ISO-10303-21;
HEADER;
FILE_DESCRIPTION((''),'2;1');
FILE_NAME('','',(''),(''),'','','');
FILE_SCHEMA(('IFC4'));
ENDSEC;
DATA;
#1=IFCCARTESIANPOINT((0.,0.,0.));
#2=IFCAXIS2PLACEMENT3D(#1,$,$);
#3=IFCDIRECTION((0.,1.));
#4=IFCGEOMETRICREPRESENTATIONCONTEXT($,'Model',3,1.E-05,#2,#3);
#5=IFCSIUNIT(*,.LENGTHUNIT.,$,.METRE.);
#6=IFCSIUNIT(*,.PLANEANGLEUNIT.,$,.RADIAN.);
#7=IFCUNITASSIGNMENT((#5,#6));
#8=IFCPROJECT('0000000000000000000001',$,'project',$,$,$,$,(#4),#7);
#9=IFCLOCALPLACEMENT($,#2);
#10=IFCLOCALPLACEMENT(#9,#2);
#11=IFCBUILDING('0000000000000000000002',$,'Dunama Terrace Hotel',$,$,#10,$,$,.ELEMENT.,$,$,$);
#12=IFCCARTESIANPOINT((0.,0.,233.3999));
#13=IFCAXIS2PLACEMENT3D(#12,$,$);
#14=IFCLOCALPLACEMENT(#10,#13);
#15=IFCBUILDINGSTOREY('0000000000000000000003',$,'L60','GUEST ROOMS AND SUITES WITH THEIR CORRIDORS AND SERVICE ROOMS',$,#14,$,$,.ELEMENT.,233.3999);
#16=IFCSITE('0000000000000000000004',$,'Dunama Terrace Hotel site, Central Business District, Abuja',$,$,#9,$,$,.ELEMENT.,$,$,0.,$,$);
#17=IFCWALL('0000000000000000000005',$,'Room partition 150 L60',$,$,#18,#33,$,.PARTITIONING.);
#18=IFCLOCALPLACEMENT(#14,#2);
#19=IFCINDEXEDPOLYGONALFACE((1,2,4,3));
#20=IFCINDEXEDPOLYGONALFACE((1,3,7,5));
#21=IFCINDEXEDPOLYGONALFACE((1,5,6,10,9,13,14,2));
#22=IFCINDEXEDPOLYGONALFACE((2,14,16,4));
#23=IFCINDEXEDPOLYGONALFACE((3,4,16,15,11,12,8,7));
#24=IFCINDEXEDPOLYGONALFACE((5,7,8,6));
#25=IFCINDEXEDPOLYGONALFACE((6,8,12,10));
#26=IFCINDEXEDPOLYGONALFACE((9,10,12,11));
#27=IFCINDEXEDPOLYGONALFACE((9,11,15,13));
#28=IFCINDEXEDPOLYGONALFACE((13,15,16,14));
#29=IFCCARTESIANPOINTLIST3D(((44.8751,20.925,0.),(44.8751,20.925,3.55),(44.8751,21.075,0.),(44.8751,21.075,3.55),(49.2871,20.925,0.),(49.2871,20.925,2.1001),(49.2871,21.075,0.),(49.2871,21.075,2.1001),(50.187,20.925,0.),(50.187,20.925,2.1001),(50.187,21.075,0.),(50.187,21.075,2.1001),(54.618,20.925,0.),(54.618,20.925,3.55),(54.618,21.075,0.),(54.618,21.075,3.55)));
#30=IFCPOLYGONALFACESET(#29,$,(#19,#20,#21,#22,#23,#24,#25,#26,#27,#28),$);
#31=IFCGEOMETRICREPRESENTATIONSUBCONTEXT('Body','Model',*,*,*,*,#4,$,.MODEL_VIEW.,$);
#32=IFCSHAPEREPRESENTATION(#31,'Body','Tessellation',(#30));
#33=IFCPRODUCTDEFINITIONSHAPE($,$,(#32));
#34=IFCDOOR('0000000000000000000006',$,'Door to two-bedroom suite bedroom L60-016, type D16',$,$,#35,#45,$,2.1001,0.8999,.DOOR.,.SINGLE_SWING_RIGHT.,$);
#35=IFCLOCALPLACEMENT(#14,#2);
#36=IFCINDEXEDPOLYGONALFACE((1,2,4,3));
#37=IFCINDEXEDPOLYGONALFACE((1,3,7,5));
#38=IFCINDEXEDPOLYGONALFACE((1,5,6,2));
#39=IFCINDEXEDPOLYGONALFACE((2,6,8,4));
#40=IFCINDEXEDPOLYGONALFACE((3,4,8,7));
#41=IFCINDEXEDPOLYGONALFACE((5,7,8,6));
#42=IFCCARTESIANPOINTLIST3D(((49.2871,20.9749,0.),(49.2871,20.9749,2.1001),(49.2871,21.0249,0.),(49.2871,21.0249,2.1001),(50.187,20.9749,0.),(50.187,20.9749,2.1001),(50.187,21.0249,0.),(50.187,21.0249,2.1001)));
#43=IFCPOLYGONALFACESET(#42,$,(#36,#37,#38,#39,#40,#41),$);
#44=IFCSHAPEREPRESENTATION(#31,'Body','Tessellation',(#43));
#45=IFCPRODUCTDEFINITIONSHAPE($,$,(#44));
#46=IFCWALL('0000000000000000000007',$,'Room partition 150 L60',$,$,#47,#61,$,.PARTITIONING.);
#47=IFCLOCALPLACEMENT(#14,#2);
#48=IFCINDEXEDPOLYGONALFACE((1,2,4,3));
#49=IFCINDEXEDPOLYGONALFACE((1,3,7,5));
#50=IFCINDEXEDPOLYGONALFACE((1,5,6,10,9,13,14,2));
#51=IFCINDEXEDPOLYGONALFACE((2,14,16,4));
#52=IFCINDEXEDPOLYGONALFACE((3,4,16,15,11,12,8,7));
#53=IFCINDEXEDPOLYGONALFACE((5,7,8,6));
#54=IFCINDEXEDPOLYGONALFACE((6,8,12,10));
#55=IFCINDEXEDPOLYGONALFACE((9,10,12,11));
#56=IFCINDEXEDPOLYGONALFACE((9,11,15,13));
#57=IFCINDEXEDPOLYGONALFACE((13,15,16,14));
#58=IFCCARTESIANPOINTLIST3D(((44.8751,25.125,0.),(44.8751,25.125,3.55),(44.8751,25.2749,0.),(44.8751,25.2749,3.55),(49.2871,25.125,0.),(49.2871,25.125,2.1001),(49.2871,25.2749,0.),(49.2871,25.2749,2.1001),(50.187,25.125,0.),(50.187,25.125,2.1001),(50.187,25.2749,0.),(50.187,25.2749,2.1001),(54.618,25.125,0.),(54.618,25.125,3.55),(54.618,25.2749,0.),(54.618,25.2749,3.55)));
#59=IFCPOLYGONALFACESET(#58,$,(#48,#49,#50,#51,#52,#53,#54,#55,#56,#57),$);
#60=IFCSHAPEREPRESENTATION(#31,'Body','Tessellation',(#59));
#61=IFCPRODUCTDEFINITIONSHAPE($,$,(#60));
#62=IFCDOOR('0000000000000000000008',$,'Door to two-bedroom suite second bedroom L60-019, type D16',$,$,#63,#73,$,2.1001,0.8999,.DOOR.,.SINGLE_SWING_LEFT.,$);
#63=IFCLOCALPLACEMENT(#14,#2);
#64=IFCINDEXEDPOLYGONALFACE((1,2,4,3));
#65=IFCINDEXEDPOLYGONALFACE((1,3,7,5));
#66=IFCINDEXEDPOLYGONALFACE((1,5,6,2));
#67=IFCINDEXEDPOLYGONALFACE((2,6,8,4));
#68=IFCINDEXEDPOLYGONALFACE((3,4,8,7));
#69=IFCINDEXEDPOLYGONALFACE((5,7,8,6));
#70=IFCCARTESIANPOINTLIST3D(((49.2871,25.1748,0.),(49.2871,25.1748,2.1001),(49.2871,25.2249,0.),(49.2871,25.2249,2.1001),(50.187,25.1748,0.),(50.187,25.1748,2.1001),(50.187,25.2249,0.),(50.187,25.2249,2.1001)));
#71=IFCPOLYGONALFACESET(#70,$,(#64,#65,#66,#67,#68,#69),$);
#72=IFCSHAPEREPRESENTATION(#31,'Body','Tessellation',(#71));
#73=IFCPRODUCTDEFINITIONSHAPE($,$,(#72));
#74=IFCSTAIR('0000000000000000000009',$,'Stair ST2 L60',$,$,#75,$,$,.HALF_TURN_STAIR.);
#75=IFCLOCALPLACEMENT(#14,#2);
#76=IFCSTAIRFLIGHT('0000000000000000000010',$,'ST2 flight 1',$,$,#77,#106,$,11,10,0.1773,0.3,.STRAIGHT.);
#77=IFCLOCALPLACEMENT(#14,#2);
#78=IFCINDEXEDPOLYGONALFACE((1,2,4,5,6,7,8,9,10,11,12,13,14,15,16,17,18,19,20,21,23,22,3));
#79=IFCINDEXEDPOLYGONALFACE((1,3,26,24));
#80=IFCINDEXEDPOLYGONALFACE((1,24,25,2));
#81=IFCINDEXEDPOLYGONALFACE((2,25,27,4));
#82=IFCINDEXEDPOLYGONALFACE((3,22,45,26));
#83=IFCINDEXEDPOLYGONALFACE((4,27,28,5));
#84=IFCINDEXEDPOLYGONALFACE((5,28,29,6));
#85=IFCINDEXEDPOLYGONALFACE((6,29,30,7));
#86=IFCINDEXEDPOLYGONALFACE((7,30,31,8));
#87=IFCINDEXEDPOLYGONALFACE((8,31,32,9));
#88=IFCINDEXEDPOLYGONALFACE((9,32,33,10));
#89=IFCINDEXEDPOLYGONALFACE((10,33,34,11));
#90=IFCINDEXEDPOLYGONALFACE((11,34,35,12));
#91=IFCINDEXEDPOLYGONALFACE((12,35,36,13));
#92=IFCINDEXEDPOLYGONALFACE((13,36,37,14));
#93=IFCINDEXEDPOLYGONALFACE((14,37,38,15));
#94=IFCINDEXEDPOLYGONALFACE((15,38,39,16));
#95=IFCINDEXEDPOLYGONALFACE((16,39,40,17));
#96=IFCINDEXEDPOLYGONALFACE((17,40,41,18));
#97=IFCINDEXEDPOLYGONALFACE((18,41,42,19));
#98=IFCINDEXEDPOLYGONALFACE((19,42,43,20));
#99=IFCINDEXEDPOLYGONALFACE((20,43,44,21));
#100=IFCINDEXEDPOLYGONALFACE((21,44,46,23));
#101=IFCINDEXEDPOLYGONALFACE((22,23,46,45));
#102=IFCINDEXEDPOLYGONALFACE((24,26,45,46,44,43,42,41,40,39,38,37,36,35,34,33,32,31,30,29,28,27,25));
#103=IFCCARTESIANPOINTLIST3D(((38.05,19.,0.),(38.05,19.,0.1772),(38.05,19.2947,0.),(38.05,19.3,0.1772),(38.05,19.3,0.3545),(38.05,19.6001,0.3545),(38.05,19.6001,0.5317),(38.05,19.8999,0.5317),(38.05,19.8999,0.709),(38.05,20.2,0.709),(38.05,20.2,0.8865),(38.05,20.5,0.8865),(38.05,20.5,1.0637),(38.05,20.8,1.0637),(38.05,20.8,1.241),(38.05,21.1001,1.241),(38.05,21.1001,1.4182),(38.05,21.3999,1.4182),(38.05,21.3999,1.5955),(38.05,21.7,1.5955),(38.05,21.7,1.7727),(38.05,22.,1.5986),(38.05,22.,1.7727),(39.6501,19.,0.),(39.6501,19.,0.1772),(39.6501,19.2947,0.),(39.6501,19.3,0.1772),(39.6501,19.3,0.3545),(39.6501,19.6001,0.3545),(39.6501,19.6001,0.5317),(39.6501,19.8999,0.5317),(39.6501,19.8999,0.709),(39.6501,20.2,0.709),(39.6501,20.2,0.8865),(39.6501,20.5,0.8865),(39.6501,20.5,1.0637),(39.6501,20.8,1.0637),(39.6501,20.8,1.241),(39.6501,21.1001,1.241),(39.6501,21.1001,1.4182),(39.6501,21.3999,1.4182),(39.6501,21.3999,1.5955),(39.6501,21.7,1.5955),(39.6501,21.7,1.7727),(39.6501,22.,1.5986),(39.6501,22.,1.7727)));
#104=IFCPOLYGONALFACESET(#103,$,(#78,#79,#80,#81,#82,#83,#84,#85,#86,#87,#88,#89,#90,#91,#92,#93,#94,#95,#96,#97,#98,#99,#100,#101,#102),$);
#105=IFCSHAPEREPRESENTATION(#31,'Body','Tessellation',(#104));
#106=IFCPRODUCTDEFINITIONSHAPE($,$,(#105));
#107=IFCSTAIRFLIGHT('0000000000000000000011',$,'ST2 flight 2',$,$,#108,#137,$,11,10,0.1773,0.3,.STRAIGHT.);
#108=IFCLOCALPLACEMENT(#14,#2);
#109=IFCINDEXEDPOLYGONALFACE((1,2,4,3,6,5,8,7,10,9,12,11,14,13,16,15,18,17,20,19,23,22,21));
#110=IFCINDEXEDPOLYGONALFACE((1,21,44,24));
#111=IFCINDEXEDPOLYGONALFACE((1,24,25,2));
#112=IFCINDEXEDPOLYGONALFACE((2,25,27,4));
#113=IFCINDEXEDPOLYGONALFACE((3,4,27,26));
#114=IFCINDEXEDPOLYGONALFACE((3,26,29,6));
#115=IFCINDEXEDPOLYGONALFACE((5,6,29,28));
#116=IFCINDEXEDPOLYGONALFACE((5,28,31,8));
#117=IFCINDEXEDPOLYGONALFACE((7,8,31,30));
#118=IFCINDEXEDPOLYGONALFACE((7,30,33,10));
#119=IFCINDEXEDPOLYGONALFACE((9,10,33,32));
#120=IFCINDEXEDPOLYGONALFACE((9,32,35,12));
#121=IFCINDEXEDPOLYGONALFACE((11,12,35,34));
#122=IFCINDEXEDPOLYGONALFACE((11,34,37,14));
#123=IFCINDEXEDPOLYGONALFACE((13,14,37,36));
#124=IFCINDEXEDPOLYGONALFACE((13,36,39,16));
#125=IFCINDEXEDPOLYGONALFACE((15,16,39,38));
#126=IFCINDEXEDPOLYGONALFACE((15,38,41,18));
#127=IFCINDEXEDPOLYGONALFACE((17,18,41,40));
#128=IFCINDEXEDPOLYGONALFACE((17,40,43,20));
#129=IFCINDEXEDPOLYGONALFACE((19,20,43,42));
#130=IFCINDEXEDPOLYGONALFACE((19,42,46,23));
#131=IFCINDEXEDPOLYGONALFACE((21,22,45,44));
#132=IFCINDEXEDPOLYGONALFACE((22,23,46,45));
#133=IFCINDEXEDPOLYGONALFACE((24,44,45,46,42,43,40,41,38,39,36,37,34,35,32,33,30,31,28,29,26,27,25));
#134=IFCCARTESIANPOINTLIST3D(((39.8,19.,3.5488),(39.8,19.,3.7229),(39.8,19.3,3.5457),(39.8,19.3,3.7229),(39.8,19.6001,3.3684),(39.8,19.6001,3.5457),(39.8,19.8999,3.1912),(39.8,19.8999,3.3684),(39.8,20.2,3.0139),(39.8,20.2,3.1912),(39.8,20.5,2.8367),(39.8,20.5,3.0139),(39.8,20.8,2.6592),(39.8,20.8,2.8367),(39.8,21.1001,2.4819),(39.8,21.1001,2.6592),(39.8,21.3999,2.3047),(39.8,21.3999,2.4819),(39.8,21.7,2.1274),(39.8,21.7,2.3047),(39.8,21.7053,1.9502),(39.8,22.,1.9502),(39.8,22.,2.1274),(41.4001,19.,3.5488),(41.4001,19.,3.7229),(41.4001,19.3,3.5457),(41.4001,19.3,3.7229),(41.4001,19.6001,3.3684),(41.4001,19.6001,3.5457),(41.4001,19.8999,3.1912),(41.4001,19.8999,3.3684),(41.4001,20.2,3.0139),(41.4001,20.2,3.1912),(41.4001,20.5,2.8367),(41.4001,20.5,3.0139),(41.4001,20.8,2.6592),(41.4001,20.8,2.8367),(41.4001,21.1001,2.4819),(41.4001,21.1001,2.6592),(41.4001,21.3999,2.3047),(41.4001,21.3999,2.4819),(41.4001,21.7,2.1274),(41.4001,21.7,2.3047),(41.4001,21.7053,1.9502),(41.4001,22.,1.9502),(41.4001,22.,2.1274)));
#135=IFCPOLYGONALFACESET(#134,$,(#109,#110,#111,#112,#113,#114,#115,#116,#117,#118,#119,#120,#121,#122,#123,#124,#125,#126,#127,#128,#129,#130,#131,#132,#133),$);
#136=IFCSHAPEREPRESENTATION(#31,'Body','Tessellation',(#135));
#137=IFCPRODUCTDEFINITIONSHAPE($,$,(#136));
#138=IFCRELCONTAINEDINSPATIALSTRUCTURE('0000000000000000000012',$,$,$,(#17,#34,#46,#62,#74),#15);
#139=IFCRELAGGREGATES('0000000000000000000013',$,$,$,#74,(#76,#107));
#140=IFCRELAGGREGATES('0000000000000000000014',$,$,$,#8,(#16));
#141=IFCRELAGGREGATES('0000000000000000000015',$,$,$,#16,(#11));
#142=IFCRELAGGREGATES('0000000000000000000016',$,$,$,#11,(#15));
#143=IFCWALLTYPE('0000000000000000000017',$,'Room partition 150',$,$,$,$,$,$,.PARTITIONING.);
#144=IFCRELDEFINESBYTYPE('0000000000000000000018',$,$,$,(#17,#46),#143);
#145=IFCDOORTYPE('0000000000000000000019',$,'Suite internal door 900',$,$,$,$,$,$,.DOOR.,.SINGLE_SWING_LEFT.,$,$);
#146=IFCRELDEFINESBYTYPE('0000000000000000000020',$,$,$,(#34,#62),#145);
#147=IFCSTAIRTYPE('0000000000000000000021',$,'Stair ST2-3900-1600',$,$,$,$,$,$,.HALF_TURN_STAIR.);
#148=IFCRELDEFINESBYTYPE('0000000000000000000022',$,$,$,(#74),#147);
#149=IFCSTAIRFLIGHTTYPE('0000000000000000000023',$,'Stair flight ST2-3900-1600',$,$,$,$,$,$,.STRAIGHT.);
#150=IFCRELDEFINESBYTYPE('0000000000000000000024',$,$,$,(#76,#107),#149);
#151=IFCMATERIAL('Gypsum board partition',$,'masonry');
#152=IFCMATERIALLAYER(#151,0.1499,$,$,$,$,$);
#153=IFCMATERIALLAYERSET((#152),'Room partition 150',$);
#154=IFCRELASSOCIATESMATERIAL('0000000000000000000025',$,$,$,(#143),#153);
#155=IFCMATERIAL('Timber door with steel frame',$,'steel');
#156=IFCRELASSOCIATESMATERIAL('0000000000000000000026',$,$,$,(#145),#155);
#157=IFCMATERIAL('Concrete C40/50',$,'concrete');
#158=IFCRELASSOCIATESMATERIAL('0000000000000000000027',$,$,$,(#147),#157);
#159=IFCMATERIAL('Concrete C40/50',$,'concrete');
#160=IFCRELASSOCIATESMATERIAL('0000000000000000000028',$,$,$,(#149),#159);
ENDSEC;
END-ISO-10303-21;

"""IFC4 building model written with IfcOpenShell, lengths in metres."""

from ifc_helpers import new_model, si_unit, direction, frame, frame_2d, origin, place, context, subcontext, project, spatial, polyline, rectangle, outline, extrude, material, layer, layer_set, type_object, element, fill, aggregate, save


model = new_model("IFC4")

# Units and contexts
model_context = context("Model", 3, precision=1e-05, world=origin(), true_north=direction((0.0, 1.0)))
body_context = subcontext(model_context, "Body", "Model", "MODEL_VIEW")
ifc_project = project(units=[si_unit("LENGTHUNIT", "METRE"), si_unit("PLANEANGLEUNIT", "RADIAN")], contexts=[model_context])

# Site, building, storey
site_placement = place(None, origin())
site = spatial("IfcSite", under=ifc_project, at=site_placement, Name="Dunama Terrace Hotel site, Central Business District, Abuja", CompositionType="ELEMENT", RefElevation=0.0)
building_placement = place(site_placement, origin())
building = spatial("IfcBuilding", under=site, at=building_placement, Name="Dunama Terrace Hotel", CompositionType="ELEMENT")
storey_placement = place(building_placement, frame((0.0, 0.0, 233.3999)))
storey = spatial("IfcBuildingStorey", under=building, at=storey_placement, Name="L60", Description="GUEST ROOMS AND SUITES WITH THEIR CORRIDORS AND SERVICE ROOMS", CompositionType="ELEMENT", Elevation=233.3999)

# Shared definitions
ifc_material_1 = material(Name="Gypsum board partition", Category="masonry")
ifc_layer_1 = layer(ifc_material_1, 0.1499)
ifc_layer_set_1 = layer_set([ifc_layer_1], Name="Room partition 150")
wall_type_1 = type_object("IfcWallType", Name="Room partition 150", PredefinedType="PARTITIONING", material=ifc_layer_set_1)

# Walls, openings, doors
wall_1_placement = place(storey_placement, frame((44.875, 21.0, 0.0), z_axis=(0.0, 0.0, 1.0), x_axis=(1.0, 0.0, 0.0)))
wall_1 = element("IfcWall", 1, at=wall_1_placement, inside=storey, type_object=wall_type_1, Name="Room partition 150 L60", PredefinedType="PARTITIONING", context=body_context, shape_type="SweptSolid", body=[
    extrude(rectangle(XDim=9.7429, YDim=0.1499, at=frame_2d((4.8716, 0.0))), origin(), (0.0, 0.0, 1.0), 3.55),
])
opening_1_placement = place(wall_1_placement, frame((4.4121, 0.0, 0.0)))
opening_1 = element("IfcOpeningElement", 2, at=opening_1_placement, cuts=wall_1, PredefinedType="OPENING", context=body_context, shape_type="SweptSolid", body=[
    extrude(rectangle(XDim=0.8999, YDim=2.1001, at=frame_2d((0.45, 1.05))), frame((0.0, 0.085, 0.0), z_axis=(0.0, -1.0, 0.0), x_axis=(1.0, 0.0, 0.0)), (0.0, 0.0, 1.0), 0.1699),
])
ifc_material_2 = material(Name="Timber door with steel frame", Category="steel")
door_type_1 = type_object("IfcDoorType", Name="Suite internal door 900", OperationType="SINGLE_SWING_LEFT", PredefinedType="DOOR", material=ifc_material_2)
door_1_placement = place(opening_1_placement, frame((0.8999, 0.0, 0.0), z_axis=(0.0, 0.0, 1.0), x_axis=(-1.0, 0.0, 0.0)))
door_1 = element("IfcDoor", 3, at=door_1_placement, inside=storey, type_object=door_type_1, Name="Door to two-bedroom suite bedroom L60-016, type D16", OperationType="SINGLE_SWING_RIGHT", OverallHeight=2.1001, OverallWidth=0.8999, PredefinedType="DOOR", context=body_context, shape_type="SweptSolid", body=[
    extrude(rectangle(XDim=0.8999, YDim=2.1001, at=frame_2d((0.45, 1.05))), frame((0.0, 0.0251, 0.0), z_axis=(0.0, -1.0, 0.0), x_axis=(1.0, 0.0, 0.0)), (0.0, 0.0, 1.0), 0.05),
])
fill(opening_1, door_1)
wall_2_placement = place(storey_placement, frame((44.875, 25.2, 0.0), z_axis=(0.0, 0.0, 1.0), x_axis=(1.0, 0.0, 0.0)))
wall_2 = element("IfcWall", 4, at=wall_2_placement, inside=storey, type_object=wall_type_1, Name="Room partition 150 L60", PredefinedType="PARTITIONING", context=body_context, shape_type="SweptSolid", body=[
    extrude(rectangle(XDim=9.7429, YDim=0.1499, at=frame_2d((4.8716, 0.0))), origin(), (0.0, 0.0, 1.0), 3.55),
])
opening_2_placement = place(wall_2_placement, frame((4.4121, 0.0, 0.0)))
opening_2 = element("IfcOpeningElement", 5, at=opening_2_placement, cuts=wall_2, PredefinedType="OPENING", context=body_context, shape_type="SweptSolid", body=[
    extrude(rectangle(XDim=0.8999, YDim=2.1001, at=frame_2d((0.45, 1.05))), frame((0.0, 0.085, 0.0), z_axis=(0.0, -1.0, 0.0), x_axis=(1.0, 0.0, 0.0)), (0.0, 0.0, 1.0), 0.1699),
])
door_2_placement = place(opening_2_placement, origin())
door_2 = element("IfcDoor", 6, at=door_2_placement, inside=storey, type_object=door_type_1, Name="Door to two-bedroom suite second bedroom L60-019, type D16", OperationType="SINGLE_SWING_LEFT", OverallHeight=2.1001, OverallWidth=0.8999, PredefinedType="DOOR", context=body_context, shape_type="SweptSolid", body=[
    extrude(rectangle(XDim=0.8999, YDim=2.1001, at=frame_2d((0.45, 1.05))), frame((0.0, 0.0249, 0.0), z_axis=(0.0, -1.0, 0.0), x_axis=(1.0, 0.0, 0.0)), (0.0, 0.0, 1.0), 0.05),
])
fill(opening_2, door_2)

# Stair, stair flights
ifc_material_3 = material(Name="Concrete C40/50", Category="concrete")
stair_type = type_object("IfcStairType", Name="Stair ST2-3900-1600", PredefinedType="HALF_TURN_STAIR", material=ifc_material_3)
stair_placement = place(storey_placement, origin())
stair = element("IfcStair", 7, at=stair_placement, inside=storey, type_object=stair_type, Name="Stair ST2 L60", PredefinedType="HALF_TURN_STAIR")
ifc_material_4 = material(Name="Concrete C40/50", Category="concrete")
stair_flight_type = type_object("IfcStairFlightType", Name="Stair flight ST2-3900-1600", PredefinedType="STRAIGHT", material=ifc_material_4)
stair_flight_1_placement = place(storey_placement, frame((38.8501, 19.0, 0.0), z_axis=(0.0, 0.0, 1.0), x_axis=(0.0, 1.0, 0.0)))
stair_flight_1 = element("IfcStairFlight", 8, at=stair_flight_1_placement, type_object=stair_flight_type, Name="ST2 flight 1", NumberOfRisers=11, NumberOfTreads=10, PredefinedType="STRAIGHT", RiserHeight=0.1773, TreadLength=0.3, context=body_context, shape_type="SweptSolid", body=[
    extrude(outline(polyline([(0.0, 0.0), (0.0, 0.1772), (0.3, 0.1772), (0.3, 0.3545), (0.6001, 0.3545), (0.6001, 0.5317), (0.8999, 0.5317), (0.8999, 0.709), (1.2, 0.709), (1.2, 0.8865), (1.5, 0.8865), (1.5, 1.0637), (1.8, 1.0637), (1.8, 1.241), (2.1001, 1.241), (2.1001, 1.4182), (2.3999, 1.4182), (2.3999, 1.5955), (2.7, 1.5955), (2.7, 1.7727), (3.0, 1.7727), (3.0, 1.95), (3.0, 1.5986), (0.2947, 0.0), (0.0, 0.0)])), frame((0.0, 0.8, 0.0), z_axis=(0.0, -1.0, 0.0), x_axis=(1.0, 0.0, 0.0)), (0.0, 0.0, 1.0), 1.6001),
])
stair_flight_2_placement = place(storey_placement, frame((40.6001, 22.0, 1.9502), z_axis=(0.0, 0.0, 1.0), x_axis=(0.0, -1.0, 0.0)))
stair_flight_2 = element("IfcStairFlight", 9, at=stair_flight_2_placement, type_object=stair_flight_type, Name="ST2 flight 2", NumberOfRisers=11, NumberOfTreads=10, PredefinedType="STRAIGHT", RiserHeight=0.1773, TreadLength=0.3, context=body_context, shape_type="SweptSolid", body=[
    extrude(outline(polyline([(0.0, 0.0), (0.0, 0.1772), (0.3, 0.1772), (0.3, 0.3545), (0.6001, 0.3545), (0.6001, 0.5317), (0.8999, 0.5317), (0.8999, 0.709), (1.2, 0.709), (1.2, 0.8865), (1.5, 0.8865), (1.5, 1.0637), (1.8, 1.0637), (1.8, 1.241), (2.1001, 1.241), (2.1001, 1.4182), (2.3999, 1.4182), (2.3999, 1.5955), (2.7, 1.5955), (2.7, 1.7727), (3.0, 1.7727), (3.0, 1.95), (3.0, 1.5986), (0.2947, 0.0), (0.0, 0.0)])), frame((0.0, 0.8, 0.0), z_axis=(0.0, -1.0, 0.0), x_axis=(1.0, 0.0, 0.0)), (0.0, 0.0, 1.0), 1.6001),
])
aggregate(stair, [stair_flight_1, stair_flight_2])

save(model, "model.ifc")
